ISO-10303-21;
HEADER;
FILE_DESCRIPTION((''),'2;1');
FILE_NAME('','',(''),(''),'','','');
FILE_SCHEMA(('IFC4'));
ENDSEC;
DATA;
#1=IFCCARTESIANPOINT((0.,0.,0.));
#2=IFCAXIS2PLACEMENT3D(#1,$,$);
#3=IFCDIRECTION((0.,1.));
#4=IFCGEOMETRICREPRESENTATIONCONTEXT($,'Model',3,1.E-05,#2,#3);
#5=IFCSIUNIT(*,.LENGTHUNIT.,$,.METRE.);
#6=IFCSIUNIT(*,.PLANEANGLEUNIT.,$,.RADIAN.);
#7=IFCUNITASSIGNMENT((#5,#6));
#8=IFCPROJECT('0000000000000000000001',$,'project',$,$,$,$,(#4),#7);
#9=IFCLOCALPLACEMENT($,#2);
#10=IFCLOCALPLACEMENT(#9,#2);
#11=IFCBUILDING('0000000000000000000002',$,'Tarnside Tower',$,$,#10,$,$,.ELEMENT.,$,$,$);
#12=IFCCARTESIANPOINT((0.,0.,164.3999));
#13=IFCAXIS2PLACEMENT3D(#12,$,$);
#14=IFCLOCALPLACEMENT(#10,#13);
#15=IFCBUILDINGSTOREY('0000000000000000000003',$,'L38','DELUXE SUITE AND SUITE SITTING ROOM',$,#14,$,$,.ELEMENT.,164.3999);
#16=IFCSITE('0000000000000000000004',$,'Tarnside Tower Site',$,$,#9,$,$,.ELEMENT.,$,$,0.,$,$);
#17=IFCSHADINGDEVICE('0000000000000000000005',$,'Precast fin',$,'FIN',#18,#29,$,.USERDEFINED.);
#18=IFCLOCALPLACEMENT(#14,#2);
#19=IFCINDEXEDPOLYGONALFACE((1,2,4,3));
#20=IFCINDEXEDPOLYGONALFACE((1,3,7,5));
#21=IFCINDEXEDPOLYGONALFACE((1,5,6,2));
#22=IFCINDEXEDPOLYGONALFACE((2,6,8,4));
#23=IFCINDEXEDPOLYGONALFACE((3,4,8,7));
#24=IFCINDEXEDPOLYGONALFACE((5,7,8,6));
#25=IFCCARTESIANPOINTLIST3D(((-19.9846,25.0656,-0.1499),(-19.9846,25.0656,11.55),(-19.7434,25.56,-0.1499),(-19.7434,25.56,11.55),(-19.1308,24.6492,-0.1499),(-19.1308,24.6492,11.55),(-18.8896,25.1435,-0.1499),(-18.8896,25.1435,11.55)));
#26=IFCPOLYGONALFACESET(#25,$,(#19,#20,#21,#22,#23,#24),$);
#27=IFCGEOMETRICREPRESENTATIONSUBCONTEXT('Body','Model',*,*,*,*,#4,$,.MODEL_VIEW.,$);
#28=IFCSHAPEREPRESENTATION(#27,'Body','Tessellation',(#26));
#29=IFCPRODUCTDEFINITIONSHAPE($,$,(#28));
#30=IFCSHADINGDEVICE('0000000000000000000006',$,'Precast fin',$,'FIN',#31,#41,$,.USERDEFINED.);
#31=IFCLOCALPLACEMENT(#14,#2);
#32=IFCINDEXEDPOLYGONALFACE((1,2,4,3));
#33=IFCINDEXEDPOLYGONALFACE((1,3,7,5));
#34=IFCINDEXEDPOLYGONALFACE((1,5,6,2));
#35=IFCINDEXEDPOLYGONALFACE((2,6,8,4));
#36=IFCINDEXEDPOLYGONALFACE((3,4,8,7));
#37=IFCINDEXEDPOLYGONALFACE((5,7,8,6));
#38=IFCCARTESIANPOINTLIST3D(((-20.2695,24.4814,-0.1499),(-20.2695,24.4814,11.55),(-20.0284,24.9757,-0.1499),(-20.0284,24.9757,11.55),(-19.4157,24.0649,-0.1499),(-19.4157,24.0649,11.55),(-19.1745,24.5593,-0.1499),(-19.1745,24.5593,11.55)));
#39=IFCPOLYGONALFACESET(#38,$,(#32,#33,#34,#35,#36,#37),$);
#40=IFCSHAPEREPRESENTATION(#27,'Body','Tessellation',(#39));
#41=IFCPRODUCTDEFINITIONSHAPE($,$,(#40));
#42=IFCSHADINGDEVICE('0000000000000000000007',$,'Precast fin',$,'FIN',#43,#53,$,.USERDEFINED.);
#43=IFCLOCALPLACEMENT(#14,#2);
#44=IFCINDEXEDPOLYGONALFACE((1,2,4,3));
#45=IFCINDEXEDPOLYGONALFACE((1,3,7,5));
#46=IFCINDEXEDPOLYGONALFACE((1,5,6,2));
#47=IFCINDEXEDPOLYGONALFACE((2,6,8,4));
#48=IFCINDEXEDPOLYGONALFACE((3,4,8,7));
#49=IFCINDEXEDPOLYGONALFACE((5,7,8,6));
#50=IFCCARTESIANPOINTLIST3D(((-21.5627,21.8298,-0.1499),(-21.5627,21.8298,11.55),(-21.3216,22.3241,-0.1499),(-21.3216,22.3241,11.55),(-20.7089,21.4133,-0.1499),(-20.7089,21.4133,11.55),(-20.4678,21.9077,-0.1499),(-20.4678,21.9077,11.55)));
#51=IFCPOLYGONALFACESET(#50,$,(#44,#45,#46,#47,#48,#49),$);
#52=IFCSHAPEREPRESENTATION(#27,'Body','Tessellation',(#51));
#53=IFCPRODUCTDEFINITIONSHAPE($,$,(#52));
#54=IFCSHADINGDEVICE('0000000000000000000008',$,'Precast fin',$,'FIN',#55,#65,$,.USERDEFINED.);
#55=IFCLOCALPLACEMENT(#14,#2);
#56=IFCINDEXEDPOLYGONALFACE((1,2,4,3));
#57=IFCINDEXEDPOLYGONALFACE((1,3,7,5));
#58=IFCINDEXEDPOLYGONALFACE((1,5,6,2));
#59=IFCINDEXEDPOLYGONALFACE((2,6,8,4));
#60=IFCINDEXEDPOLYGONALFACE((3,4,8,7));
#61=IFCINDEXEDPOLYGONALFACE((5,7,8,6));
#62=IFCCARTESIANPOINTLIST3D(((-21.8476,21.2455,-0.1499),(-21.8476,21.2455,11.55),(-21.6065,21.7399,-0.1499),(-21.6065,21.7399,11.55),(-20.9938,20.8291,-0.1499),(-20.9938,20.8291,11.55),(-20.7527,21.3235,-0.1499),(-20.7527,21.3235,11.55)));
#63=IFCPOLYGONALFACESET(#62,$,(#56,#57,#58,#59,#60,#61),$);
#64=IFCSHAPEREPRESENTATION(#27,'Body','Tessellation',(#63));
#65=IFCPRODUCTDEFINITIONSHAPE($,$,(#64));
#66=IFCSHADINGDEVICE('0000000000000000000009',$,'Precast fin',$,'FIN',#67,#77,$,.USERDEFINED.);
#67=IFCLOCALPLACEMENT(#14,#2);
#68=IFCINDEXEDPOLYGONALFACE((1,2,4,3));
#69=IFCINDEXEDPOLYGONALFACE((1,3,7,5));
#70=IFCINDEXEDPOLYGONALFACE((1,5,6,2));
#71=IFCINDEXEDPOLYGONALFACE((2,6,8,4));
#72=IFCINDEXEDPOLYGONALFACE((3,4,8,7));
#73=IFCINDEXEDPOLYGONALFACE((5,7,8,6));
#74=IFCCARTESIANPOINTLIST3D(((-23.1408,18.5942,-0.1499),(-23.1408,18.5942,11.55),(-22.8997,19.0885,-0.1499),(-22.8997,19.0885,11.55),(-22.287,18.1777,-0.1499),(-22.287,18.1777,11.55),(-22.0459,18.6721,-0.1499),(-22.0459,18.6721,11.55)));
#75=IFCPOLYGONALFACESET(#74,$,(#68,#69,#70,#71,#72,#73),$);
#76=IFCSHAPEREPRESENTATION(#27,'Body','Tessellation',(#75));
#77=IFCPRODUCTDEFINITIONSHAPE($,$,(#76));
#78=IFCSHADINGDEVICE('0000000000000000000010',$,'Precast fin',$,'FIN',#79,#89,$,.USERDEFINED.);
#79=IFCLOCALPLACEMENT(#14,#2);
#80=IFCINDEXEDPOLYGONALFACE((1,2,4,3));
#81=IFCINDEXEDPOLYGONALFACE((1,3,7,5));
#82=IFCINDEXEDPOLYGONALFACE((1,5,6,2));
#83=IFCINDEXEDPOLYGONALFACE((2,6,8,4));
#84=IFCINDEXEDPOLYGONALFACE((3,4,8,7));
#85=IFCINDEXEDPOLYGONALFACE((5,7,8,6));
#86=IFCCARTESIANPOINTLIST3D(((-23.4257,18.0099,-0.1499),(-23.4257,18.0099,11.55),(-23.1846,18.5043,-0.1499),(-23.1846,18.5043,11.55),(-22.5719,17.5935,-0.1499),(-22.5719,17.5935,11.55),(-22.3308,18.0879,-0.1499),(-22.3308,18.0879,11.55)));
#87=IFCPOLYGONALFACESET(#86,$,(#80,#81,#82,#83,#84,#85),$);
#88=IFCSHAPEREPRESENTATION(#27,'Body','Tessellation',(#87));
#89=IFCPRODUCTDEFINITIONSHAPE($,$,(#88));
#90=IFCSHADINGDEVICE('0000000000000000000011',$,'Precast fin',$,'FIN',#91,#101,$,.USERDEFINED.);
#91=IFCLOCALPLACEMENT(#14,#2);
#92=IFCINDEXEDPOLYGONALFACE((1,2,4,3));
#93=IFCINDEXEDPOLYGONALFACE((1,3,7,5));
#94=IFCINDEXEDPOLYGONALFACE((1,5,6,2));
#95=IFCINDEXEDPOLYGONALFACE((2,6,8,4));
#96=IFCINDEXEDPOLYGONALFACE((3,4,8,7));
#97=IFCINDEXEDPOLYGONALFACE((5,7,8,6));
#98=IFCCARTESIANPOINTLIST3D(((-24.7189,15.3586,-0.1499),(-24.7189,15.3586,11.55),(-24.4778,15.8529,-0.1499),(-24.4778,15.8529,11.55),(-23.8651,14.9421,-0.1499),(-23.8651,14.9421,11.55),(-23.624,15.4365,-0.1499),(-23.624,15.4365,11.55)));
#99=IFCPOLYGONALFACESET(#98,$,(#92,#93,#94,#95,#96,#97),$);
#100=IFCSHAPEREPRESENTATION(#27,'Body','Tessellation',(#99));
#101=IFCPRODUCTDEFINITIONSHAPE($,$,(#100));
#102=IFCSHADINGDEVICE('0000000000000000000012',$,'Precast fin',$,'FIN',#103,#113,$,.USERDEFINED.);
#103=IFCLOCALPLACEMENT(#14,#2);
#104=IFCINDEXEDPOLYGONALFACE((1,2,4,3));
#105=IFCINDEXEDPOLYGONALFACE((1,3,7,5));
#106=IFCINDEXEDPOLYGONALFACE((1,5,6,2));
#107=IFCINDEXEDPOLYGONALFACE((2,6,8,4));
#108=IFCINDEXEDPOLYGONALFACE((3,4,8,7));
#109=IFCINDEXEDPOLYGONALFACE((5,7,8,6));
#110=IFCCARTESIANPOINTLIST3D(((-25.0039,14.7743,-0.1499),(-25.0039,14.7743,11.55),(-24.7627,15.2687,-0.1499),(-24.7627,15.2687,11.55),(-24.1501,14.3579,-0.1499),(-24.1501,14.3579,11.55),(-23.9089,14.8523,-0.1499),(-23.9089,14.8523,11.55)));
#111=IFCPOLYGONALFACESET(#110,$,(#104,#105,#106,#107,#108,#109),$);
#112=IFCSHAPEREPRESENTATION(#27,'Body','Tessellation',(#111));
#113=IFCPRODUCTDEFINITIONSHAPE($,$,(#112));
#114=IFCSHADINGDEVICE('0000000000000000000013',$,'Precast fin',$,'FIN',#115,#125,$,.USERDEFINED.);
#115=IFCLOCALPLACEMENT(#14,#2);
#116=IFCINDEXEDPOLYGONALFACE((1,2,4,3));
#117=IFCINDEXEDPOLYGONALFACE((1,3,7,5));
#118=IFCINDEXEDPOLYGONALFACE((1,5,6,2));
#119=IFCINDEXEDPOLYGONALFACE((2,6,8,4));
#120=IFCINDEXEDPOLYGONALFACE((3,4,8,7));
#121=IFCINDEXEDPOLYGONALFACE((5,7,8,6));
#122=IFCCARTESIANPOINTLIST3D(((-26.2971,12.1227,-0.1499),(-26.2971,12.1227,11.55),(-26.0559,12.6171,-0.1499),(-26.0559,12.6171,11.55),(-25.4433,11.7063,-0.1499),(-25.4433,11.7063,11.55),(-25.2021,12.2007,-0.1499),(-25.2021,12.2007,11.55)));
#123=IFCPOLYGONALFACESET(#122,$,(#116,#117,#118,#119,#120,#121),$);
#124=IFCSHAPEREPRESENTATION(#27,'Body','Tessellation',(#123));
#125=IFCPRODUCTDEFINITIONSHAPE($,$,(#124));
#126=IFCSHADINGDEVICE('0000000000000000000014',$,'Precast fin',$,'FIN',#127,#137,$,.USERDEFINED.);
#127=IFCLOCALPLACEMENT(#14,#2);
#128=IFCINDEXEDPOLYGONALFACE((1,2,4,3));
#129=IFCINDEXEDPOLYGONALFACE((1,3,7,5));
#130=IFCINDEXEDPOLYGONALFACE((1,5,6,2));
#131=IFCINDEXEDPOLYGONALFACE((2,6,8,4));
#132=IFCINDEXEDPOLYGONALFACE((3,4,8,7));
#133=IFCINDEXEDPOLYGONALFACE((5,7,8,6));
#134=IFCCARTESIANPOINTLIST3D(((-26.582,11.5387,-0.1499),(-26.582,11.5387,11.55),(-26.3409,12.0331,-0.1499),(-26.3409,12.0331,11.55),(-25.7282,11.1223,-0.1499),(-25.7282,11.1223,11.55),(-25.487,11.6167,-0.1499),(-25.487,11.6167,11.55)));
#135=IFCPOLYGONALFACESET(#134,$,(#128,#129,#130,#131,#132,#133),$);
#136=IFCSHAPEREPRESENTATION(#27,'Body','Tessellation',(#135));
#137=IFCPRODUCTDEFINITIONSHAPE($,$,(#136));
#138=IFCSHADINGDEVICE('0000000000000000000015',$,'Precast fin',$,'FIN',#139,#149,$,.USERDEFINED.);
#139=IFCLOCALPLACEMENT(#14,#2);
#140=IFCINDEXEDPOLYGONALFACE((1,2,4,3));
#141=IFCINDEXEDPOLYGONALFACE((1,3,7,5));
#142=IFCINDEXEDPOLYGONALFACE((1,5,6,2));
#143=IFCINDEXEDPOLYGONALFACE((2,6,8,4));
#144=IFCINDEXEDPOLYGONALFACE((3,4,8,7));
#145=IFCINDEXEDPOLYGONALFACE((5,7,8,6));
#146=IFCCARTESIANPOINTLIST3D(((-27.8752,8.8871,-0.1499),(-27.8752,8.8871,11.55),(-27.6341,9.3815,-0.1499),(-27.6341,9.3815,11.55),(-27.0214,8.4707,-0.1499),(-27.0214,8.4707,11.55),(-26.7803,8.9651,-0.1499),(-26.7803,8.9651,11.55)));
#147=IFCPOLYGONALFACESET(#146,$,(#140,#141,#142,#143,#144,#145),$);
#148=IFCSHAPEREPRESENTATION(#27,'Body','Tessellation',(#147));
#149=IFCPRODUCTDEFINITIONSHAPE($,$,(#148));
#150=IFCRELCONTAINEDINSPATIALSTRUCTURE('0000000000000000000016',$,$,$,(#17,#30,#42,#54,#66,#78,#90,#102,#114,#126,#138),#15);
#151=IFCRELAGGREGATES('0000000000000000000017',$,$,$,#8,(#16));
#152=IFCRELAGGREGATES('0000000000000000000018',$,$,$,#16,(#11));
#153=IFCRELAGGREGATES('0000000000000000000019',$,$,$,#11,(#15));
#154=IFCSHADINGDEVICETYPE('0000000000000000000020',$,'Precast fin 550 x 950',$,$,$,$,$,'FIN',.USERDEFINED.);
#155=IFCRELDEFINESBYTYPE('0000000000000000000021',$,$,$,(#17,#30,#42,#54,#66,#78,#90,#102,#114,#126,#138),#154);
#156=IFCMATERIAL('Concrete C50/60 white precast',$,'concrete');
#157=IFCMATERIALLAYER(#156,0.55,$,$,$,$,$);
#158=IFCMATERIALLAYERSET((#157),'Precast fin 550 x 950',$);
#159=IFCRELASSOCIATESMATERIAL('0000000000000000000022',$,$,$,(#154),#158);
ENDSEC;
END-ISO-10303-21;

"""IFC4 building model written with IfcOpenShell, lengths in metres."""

from ifc_helpers import new_model, si_unit, direction, frame, origin, place, context, subcontext, project, spatial, polyline, outline, extrude, material, layer, layer_set, type_object, element, save


model = new_model("IFC4")

# Units and contexts
model_context = context("Model", 3, precision=1e-05, world=origin(), true_north=direction((0.0, 1.0)))
body_context = subcontext(model_context, "Body", "Model", "MODEL_VIEW")
ifc_project = project(units=[si_unit("LENGTHUNIT", "METRE"), si_unit("PLANEANGLEUNIT", "RADIAN")], contexts=[model_context])

# Site, building, storey
site_placement = place(None, origin())
site = spatial("IfcSite", under=ifc_project, at=site_placement, Name="Tarnside Tower Site", CompositionType="ELEMENT", RefElevation=0.0)
building_placement = place(site_placement, origin())
building = spatial("IfcBuilding", under=site, at=building_placement, Name="Tarnside Tower", CompositionType="ELEMENT")
storey_placement = place(building_placement, frame((0.0, 0.0, 164.3999)))
storey = spatial("IfcBuildingStorey", under=building, at=storey_placement, Name="L38", Description="DELUXE SUITE AND SUITE SITTING ROOM", CompositionType="ELEMENT", Elevation=164.3999)

# Shading devices
ifc_material_1 = material(Name="Concrete C50/60 white precast", Category="concrete")
ifc_layer_1 = layer(ifc_material_1, 0.55)
ifc_layer_set_1 = layer_set([ifc_layer_1], Name="Precast fin 550 x 950")
shading_device_type_1 = type_object("IfcShadingDeviceType", Name="Precast fin 550 x 950", ElementType="FIN", PredefinedType="USERDEFINED", material=ifc_layer_set_1)
for number, where, z_axis, x_axis, name in (
    (1, (-19.0103, 24.8962, -0.1499), (0.438371, 0.898794, 0.0), (-0.898794, 0.438371, 0.0), "Precast fin"),
    (2, (-19.2952, 24.312, -0.1499), (0.438371, 0.898794, 0.0), (-0.898794, 0.438371, 0.0), "Precast fin"),
    (3, (-20.5884, 21.6604, -0.1499), (0.438371, 0.898794, 0.0), (-0.898794, 0.438371, 0.0), "Precast fin"),
    (4, (-20.8733, 21.0762, -0.1499), (0.438371, 0.898794, 0.0), (-0.898794, 0.438371, 0.0), "Precast fin"),
    (5, (-22.1665, 18.4248, -0.1499), (0.438371, 0.898794, 0.0), (-0.898794, 0.438371, 0.0), "Precast fin"),
    (6, (-22.4514, 17.8406, -0.1499), (0.438371, 0.898794, 0.0), (-0.898794, 0.438371, 0.0), "Precast fin"),
    (7, (-23.7446, 15.1892, -0.1499), (0.438371, 0.898794, 0.0), (-0.898794, 0.438371, 0.0), "Precast fin"),
    (8, (-24.0295, 14.605, -0.1499), (0.438371, 0.898794, 0.0), (-0.898794, 0.438371, 0.0), "Precast fin"),
    (9, (-25.3228, 11.9534, -0.1499), (0.438371, 0.898794, 0.0), (-0.898794, 0.438371, 0.0), "Precast fin"),
    (10, (-25.6077, 11.3694, -0.1499), (0.438371, 0.898794, 0.0), (-0.898794, 0.438371, 0.0), "Precast fin"),
    (11, (-26.9009, 8.7178, -0.1499), (0.438371, 0.898794, 0.0), (-0.898794, 0.438371, 0.0), "Precast fin"),
):
    element("IfcShadingDevice", number, at=place(storey_placement, frame(where, z_axis=z_axis, x_axis=x_axis)), inside=storey, type_object=shading_device_type_1, Name=name, ObjectType="FIN", PredefinedType="USERDEFINED", context=body_context, shape_type="SweptSolid", body=[
        extrude(outline(polyline([(0.0, 0.0), (0.95, 0.0), (0.95, 11.7), (0.0, 11.7), (0.0, 0.0)])), frame((0.0, 0.0, -0.2749)), (0.0, 0.0, 1.0), 0.55),
    ])

save(model, "model.ifc")
